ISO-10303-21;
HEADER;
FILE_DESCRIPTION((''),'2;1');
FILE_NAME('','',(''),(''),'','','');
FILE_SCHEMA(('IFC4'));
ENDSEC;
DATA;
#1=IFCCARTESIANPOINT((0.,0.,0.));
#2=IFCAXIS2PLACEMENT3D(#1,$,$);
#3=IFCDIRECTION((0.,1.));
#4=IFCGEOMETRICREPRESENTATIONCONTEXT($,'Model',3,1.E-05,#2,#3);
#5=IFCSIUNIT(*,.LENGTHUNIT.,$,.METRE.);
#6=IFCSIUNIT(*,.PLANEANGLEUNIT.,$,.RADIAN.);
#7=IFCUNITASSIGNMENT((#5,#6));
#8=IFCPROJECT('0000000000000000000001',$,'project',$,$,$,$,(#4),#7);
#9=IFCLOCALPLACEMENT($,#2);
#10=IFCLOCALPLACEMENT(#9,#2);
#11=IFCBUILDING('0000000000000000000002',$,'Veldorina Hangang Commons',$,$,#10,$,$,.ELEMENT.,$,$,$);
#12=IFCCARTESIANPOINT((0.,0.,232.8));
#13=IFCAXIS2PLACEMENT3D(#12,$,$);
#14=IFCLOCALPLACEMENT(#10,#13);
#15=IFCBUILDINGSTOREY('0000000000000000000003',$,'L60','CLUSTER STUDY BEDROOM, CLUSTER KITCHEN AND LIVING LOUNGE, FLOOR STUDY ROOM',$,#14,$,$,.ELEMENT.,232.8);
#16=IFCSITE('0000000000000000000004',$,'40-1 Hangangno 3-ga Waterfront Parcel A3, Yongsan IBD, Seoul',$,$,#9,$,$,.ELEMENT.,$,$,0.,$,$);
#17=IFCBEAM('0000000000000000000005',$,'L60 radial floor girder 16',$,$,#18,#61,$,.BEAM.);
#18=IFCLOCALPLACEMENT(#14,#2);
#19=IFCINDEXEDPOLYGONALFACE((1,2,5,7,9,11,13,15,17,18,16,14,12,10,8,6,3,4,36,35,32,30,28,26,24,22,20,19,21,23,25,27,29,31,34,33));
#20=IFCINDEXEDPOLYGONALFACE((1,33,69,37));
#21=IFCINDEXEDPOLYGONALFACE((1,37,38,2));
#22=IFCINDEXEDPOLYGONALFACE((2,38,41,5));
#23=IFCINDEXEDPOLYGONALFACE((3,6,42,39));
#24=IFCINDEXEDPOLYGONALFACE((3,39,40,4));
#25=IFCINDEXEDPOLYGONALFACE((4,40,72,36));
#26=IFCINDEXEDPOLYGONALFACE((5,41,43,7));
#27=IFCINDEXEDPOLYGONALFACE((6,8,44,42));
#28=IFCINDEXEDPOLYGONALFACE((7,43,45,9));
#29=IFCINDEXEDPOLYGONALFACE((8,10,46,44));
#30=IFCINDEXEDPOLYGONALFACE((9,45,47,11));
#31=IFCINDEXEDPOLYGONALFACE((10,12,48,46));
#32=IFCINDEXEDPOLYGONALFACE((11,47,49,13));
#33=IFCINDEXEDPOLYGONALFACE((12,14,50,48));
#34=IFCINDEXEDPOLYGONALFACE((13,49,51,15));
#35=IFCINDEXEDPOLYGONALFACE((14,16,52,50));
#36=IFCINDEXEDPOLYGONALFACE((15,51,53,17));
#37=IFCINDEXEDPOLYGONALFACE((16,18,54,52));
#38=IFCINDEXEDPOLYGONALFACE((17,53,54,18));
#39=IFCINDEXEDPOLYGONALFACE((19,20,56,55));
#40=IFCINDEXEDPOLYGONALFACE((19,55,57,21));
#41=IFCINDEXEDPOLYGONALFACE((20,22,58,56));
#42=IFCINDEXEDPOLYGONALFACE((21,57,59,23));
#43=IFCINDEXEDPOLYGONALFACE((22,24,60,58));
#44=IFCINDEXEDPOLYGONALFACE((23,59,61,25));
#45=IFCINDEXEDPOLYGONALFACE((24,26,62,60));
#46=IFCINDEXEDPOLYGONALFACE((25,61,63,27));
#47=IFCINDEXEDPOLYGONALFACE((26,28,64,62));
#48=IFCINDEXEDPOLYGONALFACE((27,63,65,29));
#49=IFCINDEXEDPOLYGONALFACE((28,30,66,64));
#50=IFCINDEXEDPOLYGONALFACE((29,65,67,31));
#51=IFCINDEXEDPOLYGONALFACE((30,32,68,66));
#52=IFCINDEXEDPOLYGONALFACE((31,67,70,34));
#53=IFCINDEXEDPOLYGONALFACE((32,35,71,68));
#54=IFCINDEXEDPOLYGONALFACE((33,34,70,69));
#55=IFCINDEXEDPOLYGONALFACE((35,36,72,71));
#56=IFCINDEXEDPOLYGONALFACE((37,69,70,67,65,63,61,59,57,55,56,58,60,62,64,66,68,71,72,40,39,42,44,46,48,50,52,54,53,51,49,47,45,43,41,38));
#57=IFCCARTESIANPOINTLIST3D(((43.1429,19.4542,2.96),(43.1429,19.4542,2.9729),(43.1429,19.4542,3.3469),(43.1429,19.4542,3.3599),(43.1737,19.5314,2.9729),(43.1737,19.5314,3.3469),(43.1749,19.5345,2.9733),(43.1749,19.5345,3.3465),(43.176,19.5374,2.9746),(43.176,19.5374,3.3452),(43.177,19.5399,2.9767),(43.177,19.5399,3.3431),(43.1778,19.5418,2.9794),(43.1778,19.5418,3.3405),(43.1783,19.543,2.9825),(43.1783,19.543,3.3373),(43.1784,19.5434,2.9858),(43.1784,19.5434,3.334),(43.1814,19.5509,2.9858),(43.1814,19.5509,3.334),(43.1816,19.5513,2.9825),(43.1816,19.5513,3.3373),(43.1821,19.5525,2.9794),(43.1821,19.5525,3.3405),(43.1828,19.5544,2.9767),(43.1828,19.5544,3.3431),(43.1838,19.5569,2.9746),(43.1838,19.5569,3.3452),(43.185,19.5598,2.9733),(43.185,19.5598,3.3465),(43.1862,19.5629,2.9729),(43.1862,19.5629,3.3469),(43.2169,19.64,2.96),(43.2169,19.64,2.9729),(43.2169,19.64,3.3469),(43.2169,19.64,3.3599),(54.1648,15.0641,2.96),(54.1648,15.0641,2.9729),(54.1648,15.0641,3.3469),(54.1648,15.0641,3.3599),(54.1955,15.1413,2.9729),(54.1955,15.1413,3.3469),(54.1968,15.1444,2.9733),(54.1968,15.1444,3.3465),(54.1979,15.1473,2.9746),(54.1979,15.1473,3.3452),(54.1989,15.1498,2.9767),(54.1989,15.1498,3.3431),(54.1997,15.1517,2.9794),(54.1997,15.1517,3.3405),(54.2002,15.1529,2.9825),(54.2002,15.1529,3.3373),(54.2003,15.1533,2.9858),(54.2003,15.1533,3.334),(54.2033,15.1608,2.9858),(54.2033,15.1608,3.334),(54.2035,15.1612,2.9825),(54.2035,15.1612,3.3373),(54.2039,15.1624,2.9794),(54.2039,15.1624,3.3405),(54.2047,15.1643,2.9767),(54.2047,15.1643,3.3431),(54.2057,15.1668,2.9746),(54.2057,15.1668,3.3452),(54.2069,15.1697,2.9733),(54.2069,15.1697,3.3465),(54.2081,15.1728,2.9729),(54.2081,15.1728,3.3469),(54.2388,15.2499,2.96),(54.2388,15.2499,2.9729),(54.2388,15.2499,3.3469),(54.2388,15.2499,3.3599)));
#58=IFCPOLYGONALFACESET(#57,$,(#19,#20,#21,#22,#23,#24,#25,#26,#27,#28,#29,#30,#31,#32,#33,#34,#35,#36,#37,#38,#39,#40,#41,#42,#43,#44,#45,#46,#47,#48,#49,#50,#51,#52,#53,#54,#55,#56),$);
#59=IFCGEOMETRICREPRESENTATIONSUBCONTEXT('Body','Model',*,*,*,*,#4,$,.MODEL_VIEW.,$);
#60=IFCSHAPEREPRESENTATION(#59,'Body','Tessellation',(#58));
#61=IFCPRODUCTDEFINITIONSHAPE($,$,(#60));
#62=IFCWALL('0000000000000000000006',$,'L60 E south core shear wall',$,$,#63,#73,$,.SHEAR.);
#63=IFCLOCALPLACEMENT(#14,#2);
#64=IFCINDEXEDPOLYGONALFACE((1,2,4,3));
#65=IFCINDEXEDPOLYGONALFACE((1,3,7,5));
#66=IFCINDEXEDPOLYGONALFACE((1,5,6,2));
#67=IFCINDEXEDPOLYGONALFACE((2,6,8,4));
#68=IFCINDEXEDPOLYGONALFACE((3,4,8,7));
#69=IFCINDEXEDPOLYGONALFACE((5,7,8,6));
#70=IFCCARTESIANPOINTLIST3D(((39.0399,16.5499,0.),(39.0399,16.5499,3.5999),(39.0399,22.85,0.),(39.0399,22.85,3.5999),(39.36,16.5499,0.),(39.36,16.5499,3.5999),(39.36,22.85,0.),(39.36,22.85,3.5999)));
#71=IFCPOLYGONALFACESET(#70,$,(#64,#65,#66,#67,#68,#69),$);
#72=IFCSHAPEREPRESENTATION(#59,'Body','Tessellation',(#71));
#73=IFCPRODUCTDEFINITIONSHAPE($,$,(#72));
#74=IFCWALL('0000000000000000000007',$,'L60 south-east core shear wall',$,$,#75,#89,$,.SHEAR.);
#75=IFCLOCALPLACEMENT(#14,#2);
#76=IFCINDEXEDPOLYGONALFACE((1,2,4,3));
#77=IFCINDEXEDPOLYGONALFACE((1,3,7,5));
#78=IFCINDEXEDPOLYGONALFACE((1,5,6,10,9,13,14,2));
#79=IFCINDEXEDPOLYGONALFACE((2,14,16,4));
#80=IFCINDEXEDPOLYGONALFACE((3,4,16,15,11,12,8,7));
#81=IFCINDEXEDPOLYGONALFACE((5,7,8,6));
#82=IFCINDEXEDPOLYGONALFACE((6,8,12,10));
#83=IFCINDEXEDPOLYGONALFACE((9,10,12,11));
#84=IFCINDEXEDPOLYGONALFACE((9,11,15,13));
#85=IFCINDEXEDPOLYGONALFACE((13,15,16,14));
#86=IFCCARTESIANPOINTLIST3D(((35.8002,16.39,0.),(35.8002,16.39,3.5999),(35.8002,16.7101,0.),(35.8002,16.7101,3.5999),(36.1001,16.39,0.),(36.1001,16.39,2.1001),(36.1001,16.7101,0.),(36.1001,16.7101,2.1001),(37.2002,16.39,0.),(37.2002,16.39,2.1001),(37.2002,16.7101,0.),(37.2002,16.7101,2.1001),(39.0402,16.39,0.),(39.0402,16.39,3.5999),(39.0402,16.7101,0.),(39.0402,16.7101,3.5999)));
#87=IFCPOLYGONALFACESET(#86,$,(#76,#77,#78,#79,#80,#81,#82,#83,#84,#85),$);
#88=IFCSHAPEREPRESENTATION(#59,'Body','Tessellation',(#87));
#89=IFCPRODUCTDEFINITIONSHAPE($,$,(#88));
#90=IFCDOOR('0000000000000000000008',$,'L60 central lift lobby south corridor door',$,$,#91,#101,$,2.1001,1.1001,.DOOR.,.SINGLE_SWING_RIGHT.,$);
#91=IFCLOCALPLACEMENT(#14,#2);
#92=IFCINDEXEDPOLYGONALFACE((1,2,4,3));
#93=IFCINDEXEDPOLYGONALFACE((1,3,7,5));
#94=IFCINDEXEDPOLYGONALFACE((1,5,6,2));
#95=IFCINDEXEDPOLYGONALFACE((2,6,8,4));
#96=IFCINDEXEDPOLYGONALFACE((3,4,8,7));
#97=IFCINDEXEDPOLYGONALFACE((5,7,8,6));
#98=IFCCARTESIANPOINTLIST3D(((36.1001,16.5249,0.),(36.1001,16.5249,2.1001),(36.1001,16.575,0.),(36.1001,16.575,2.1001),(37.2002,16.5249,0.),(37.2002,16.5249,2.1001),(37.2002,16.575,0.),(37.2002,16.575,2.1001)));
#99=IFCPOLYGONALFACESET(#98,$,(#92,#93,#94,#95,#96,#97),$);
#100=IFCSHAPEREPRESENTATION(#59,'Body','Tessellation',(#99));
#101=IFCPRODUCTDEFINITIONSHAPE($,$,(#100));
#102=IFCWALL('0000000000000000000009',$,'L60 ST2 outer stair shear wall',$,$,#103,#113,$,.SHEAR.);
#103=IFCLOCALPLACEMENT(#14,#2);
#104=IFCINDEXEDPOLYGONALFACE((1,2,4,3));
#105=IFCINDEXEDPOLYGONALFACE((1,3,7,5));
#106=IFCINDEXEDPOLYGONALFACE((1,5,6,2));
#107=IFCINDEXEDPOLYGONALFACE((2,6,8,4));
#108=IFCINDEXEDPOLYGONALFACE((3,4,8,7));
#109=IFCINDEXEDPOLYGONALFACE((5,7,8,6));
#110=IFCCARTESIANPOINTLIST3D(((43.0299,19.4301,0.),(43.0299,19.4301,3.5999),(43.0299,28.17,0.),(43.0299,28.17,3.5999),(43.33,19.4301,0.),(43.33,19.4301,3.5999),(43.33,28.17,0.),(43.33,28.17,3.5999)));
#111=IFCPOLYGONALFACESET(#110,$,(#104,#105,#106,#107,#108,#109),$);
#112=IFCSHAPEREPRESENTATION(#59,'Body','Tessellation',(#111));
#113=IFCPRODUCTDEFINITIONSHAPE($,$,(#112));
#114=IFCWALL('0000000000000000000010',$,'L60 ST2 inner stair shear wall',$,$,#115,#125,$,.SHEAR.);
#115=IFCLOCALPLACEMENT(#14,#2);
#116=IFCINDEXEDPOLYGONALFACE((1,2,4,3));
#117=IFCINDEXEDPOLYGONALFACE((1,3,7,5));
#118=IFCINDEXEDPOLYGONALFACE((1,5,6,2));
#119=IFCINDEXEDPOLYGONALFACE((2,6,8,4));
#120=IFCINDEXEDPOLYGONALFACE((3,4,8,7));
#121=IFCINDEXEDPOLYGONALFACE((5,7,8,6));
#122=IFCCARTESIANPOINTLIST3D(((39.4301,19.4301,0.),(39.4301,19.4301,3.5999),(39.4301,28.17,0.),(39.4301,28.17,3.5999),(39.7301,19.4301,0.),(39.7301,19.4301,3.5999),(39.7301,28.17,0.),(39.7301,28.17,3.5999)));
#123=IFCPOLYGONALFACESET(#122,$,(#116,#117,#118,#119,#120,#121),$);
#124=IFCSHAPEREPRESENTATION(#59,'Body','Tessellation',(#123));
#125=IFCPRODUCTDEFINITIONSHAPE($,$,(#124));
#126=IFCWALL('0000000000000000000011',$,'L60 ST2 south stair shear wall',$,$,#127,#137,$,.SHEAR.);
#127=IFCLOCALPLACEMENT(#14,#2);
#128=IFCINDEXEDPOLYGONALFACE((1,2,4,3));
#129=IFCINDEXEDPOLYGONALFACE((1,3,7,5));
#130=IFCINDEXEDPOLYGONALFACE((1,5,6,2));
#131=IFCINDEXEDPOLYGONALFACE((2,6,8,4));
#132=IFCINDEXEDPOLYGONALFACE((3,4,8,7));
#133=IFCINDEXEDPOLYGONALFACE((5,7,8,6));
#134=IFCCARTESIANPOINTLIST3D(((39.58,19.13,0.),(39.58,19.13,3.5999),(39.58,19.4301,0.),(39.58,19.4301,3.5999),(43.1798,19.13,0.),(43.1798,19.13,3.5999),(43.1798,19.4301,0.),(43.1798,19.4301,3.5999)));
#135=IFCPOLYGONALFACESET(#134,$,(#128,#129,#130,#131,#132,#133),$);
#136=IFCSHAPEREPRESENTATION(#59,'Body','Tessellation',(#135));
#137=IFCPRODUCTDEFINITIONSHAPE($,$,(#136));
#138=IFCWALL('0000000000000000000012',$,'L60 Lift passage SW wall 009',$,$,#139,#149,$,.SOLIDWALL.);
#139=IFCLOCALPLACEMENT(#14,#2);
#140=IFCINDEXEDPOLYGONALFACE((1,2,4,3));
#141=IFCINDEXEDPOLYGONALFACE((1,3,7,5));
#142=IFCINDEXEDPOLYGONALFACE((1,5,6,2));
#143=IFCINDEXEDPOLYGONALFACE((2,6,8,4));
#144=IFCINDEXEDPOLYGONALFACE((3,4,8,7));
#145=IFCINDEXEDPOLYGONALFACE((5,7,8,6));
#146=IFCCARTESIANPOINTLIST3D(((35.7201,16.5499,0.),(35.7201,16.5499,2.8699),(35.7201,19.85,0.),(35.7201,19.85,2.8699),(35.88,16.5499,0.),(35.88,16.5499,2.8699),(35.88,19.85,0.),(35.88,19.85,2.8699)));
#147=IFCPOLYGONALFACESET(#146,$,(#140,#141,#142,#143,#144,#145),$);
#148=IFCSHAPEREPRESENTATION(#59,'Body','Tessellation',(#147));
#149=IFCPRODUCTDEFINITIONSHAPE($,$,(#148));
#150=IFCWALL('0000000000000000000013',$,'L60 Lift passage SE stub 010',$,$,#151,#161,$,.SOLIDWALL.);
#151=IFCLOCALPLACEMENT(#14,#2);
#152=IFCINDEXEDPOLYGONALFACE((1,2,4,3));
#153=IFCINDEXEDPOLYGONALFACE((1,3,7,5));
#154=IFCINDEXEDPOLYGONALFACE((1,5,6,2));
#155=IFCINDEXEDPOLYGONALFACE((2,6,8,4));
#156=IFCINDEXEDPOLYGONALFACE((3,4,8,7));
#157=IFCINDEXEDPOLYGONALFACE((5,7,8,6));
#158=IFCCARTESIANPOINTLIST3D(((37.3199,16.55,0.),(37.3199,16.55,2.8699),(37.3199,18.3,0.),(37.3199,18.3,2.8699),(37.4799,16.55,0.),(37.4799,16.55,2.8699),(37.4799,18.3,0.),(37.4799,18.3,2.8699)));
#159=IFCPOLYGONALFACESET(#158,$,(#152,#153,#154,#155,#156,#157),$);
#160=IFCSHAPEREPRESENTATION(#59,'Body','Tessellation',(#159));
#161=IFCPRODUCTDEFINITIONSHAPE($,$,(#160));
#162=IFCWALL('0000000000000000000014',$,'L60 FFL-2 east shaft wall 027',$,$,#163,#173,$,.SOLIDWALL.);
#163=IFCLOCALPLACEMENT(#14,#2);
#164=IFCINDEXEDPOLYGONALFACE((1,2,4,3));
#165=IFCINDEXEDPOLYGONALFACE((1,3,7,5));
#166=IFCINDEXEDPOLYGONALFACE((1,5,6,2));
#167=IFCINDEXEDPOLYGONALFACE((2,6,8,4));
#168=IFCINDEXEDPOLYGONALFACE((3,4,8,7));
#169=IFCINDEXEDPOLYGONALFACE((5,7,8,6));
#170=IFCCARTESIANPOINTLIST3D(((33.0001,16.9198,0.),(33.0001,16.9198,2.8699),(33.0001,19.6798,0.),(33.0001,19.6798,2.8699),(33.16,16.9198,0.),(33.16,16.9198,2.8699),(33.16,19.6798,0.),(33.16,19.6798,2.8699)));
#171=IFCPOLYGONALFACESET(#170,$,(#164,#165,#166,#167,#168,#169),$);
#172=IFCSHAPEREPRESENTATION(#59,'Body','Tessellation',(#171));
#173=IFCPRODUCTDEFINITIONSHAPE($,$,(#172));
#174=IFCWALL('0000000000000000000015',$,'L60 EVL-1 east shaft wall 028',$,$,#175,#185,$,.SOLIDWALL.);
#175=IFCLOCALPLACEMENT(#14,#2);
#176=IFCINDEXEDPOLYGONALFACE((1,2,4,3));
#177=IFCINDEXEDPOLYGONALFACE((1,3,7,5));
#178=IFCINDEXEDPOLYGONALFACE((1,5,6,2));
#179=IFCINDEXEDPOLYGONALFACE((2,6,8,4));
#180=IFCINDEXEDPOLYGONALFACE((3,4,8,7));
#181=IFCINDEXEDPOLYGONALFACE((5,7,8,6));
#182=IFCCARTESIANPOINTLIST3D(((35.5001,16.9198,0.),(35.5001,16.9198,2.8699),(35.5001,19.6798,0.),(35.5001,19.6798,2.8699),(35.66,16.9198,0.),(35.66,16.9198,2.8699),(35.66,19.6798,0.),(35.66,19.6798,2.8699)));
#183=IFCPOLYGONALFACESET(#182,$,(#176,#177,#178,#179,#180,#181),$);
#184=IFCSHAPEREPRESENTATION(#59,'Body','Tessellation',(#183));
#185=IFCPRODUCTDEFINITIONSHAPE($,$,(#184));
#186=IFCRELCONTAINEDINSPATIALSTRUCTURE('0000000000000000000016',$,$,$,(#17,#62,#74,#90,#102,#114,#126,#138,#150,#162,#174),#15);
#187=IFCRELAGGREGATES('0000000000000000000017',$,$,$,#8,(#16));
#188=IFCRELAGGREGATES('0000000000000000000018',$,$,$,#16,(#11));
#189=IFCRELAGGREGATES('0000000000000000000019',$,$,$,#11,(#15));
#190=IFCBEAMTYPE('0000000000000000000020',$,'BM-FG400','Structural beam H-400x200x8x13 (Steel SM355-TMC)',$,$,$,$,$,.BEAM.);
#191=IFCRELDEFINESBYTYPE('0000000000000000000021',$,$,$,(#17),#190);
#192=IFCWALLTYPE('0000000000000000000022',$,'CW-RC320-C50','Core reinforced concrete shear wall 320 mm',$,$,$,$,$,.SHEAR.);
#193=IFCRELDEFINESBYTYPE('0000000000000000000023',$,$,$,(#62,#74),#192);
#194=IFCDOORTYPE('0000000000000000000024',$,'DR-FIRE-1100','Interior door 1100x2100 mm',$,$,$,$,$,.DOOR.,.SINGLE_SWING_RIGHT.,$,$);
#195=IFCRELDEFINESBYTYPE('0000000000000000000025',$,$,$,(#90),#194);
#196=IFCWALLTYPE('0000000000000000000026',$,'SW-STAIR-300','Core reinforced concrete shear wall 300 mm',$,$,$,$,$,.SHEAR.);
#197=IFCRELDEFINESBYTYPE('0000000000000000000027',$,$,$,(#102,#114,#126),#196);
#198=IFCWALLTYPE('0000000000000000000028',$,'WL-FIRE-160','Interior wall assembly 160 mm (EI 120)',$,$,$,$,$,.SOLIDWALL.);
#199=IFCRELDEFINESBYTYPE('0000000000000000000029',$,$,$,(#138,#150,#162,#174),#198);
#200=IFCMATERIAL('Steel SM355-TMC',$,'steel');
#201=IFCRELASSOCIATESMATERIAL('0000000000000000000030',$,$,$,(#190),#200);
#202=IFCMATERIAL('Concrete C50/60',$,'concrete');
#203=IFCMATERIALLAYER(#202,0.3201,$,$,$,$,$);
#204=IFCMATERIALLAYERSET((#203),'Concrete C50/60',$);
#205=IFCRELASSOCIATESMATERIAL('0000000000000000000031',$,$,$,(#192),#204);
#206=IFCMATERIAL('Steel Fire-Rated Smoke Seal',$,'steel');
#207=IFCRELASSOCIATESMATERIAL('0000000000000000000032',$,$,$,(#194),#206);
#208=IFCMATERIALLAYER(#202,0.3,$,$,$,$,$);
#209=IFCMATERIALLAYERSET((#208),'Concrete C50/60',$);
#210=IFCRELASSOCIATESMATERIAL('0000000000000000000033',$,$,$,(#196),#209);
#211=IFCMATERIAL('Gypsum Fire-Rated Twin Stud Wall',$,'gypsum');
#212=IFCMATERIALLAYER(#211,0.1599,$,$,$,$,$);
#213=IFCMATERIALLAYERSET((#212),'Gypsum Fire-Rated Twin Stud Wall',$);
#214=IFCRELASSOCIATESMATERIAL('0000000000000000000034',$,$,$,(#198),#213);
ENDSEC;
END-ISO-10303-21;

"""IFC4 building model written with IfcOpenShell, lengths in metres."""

from ifc_helpers import new_model, si_unit, direction, frame, frame_2d, origin, origin_2d, place, context, subcontext, project, spatial, rectangle, i_section, extrude, material, layer, layer_set, material_profile, profile_set, type_object, element, fill, save


model = new_model("IFC4")

# Units and contexts
model_context = context("Model", 3, precision=1e-05, world=origin(), true_north=direction((0.0, 1.0)))
body_context = subcontext(model_context, "Body", "Model", "MODEL_VIEW")
ifc_project = project(units=[si_unit("LENGTHUNIT", "METRE"), si_unit("PLANEANGLEUNIT", "RADIAN")], contexts=[model_context])

# Site, building, storey
site_placement = place(None, origin())
site = spatial("IfcSite", under=ifc_project, at=site_placement, Name="40-1 Hangangno 3-ga Waterfront Parcel A3, Yongsan IBD, Seoul", CompositionType="ELEMENT", RefElevation=0.0)
building_placement = place(site_placement, origin())
building = spatial("IfcBuilding", under=site, at=building_placement, Name="Veldorina Hangang Commons", CompositionType="ELEMENT")
storey_placement = place(building_placement, frame((0.0, 0.0, 232.8)))
storey = spatial("IfcBuildingStorey", under=building, at=storey_placement, Name="L60", Description="CLUSTER STUDY BEDROOM, CLUSTER KITCHEN AND LIVING LOUNGE, FLOOR STUDY ROOM", CompositionType="ELEMENT", Elevation=232.8)

# Beam
ifc_material_1 = material(Name="Concrete C50/60", Category="concrete")
ifc_material_2 = material(Name="Steel SM355-TMC", Category="steel")
ifc_material_profile_1 = material_profile(ifc_material_2, i_section(OverallWidth=0.2, OverallDepth=0.3999, WebThickness=0.0081, FlangeThickness=0.0129, FilletRadius=0.0129, at=origin_2d()), Name="H-400x200x8x13")
ifc_profile_set_1 = profile_set([ifc_material_profile_1], Name="Steel SM355-TMC")
beam_type_1 = type_object("IfcBeamType", Name="BM-FG400", Description="Structural beam H-400x200x8x13 (Steel SM355-TMC)", PredefinedType="BEAM", material=ifc_profile_set_1)
beam_1_placement = place(storey_placement, frame((43.1799, 19.5471, 3.1599), z_axis=(0.929018, -0.370035, 0.0), x_axis=(0.370035, 0.929018, 0.0)))
element("IfcBeam", 1, at=beam_1_placement, inside=storey, type_object=beam_type_1, Name="L60 radial floor girder 16", PredefinedType="BEAM", context=body_context, shape_type="SweptSolid", body=[
    extrude(i_section(OverallWidth=0.2, OverallDepth=0.3999, WebThickness=0.0081, FlangeThickness=0.0129, FilletRadius=0.0129, at=origin_2d()), origin(), (0.0, 0.0, 1.0), 11.864),
])

# Wall
ifc_layer_1 = layer(ifc_material_1, 0.3201)
ifc_layer_set_1 = layer_set([ifc_layer_1], Name="Concrete C50/60")
wall_type_1 = type_object("IfcWallType", Name="CW-RC320-C50", Description="Core reinforced concrete shear wall 320 mm", PredefinedType="SHEAR", material=ifc_layer_set_1)
wall_1_placement = place(storey_placement, frame((39.2, 16.55, 0.0), z_axis=(0.0, 0.0, 1.0), x_axis=(0.0, 1.0, 0.0)))
element("IfcWall", 2, at=wall_1_placement, inside=storey, type_object=wall_type_1, Name="L60 E south core shear wall", PredefinedType="SHEAR", context=body_context, shape_type="SweptSolid", body=[
    extrude(rectangle(XDim=6.3, YDim=0.3201, at=frame_2d((3.1499, 0.0))), origin(), (0.0, 0.0, 1.0), 3.5999),
])

# Wall, opening, door
wall_2_placement = place(storey_placement, frame((35.8, 16.55, 0.0), z_axis=(0.0, 0.0, 1.0), x_axis=(1.0, 0.0, 0.0)))
wall_2 = element("IfcWall", 3, at=wall_2_placement, inside=storey, type_object=wall_type_1, Name="L60 south-east core shear wall", PredefinedType="SHEAR", context=body_context, shape_type="SweptSolid", body=[
    extrude(rectangle(XDim=3.24, YDim=0.3201, at=frame_2d((1.6201, 0.0))), origin(), (0.0, 0.0, 1.0), 3.5999),
])
opening_1_placement = place(wall_2_placement, frame((0.3, 0.0, 0.0)))
opening_1 = element("IfcOpeningElement", 4, at=opening_1_placement, cuts=wall_2, PredefinedType="OPENING", context=body_context, shape_type="SweptSolid", body=[
    extrude(rectangle(XDim=1.1001, YDim=2.1001, at=frame_2d((0.55, 1.05))), frame((0.0, 0.1699, 0.0), z_axis=(0.0, -1.0, 0.0), x_axis=(1.0, 0.0, 0.0)), (0.0, 0.0, 1.0), 0.3401),
])
ifc_material_3 = material(Name="Steel Fire-Rated Smoke Seal", Category="steel")
door_type_1 = type_object("IfcDoorType", Name="DR-FIRE-1100", Description="Interior door 1100x2100 mm", OperationType="SINGLE_SWING_RIGHT", PredefinedType="DOOR", material=ifc_material_3)
door_1_placement = place(opening_1_placement, origin())
door_1 = element("IfcDoor", 5, at=door_1_placement, inside=storey, type_object=door_type_1, Name="L60 central lift lobby south corridor door", OperationType="SINGLE_SWING_RIGHT", OverallHeight=2.1001, OverallWidth=1.1001, PredefinedType="DOOR", context=body_context, shape_type="SweptSolid", body=[
    extrude(rectangle(XDim=1.1001, YDim=2.1001, at=frame_2d((0.55, 1.05))), frame((0.0, 0.0249, 0.0), z_axis=(0.0, -1.0, 0.0), x_axis=(1.0, 0.0, 0.0)), (0.0, 0.0, 1.0), 0.05),
])
fill(opening_1, door_1)

# Walls
ifc_layer_2 = layer(ifc_material_1, 0.3)
ifc_layer_set_2 = layer_set([ifc_layer_2], Name="Concrete C50/60")
wall_type_2 = type_object("IfcWallType", Name="SW-STAIR-300", Description="Core reinforced concrete shear wall 300 mm", PredefinedType="SHEAR", material=ifc_layer_set_2)
for number, where, z_axis, x_axis, name in (
    (6, (43.1799, 19.4299, 0.0), (0.0, 0.0, 1.0), (0.0, 1.0, 0.0), "L60 ST2 outer stair shear wall"),
    (7, (39.5801, 19.4299, 0.0), (0.0, 0.0, 1.0), (0.0, 1.0, 0.0), "L60 ST2 inner stair shear wall"),
):
    element("IfcWall", number, at=place(storey_placement, frame(where, z_axis=z_axis, x_axis=x_axis)), inside=storey, type_object=wall_type_2, Name=name, PredefinedType="SHEAR", context=body_context, shape_type="SweptSolid", body=[
        extrude(rectangle(XDim=8.74, YDim=0.3, at=frame_2d((4.3701, 0.0))), origin(), (0.0, 0.0, 1.0), 3.5999),
    ])
wall_3_placement = place(storey_placement, frame((39.5801, 19.28, 0.0), z_axis=(0.0, 0.0, 1.0), x_axis=(1.0, 0.0, 0.0)))
element("IfcWall", 8, at=wall_3_placement, inside=storey, type_object=wall_type_2, Name="L60 ST2 south stair shear wall", PredefinedType="SHEAR", context=body_context, shape_type="SweptSolid", body=[
    extrude(rectangle(XDim=3.5999, YDim=0.3, at=frame_2d((1.7998, 0.0))), origin(), (0.0, 0.0, 1.0), 3.5999),
])
ifc_material_4 = material(Name="Gypsum Fire-Rated Twin Stud Wall", Category="gypsum")
ifc_layer_3 = layer(ifc_material_4, 0.1599)
ifc_layer_set_3 = layer_set([ifc_layer_3], Name="Gypsum Fire-Rated Twin Stud Wall")
wall_type_3 = type_object("IfcWallType", Name="WL-FIRE-160", Description="Interior wall assembly 160 mm (EI 120)", PredefinedType="SOLIDWALL", material=ifc_layer_set_3)
wall_4_placement = place(storey_placement, frame((35.8, 16.55, 0.0), z_axis=(0.0, 0.0, 1.0), x_axis=(0.0, 1.0, 0.0)))
element("IfcWall", 9, at=wall_4_placement, inside=storey, type_object=wall_type_3, Name="L60 Lift passage SW wall 009", PredefinedType="SOLIDWALL", context=body_context, shape_type="SweptSolid", body=[
    extrude(rectangle(XDim=3.3, YDim=0.1599, at=frame_2d((1.6499, 0.0))), origin(), (0.0, 0.0, 1.0), 2.8699),
])
wall_5_placement = place(storey_placement, frame((37.3999, 16.55, 0.0), z_axis=(0.0, 0.0, 1.0), x_axis=(0.0, 1.0, 0.0)))
element("IfcWall", 10, at=wall_5_placement, inside=storey, type_object=wall_type_3, Name="L60 Lift passage SE stub 010", PredefinedType="SOLIDWALL", context=body_context, shape_type="SweptSolid", body=[
    extrude(rectangle(XDim=1.75, YDim=0.1599, at=frame_2d((0.875, 0.0))), origin(), (0.0, 0.0, 1.0), 2.8699),
])
for number, where, z_axis, x_axis, name in (
    (11, (33.0801, 16.9199, 0.0), (0.0, 0.0, 1.0), (0.0, 1.0, 0.0), "L60 FFL-2 east shaft wall 027"),
    (12, (35.5801, 16.9199, 0.0), (0.0, 0.0, 1.0), (0.0, 1.0, 0.0), "L60 EVL-1 east shaft wall 028"),
):
    element("IfcWall", number, at=place(storey_placement, frame(where, z_axis=z_axis, x_axis=x_axis)), inside=storey, type_object=wall_type_3, Name=name, PredefinedType="SOLIDWALL", context=body_context, shape_type="SweptSolid", body=[
        extrude(rectangle(XDim=2.76, YDim=0.1599, at=frame_2d((1.3799, 0.0))), origin(), (0.0, 0.0, 1.0), 2.8699),
    ])

save(model, "model.ifc")
